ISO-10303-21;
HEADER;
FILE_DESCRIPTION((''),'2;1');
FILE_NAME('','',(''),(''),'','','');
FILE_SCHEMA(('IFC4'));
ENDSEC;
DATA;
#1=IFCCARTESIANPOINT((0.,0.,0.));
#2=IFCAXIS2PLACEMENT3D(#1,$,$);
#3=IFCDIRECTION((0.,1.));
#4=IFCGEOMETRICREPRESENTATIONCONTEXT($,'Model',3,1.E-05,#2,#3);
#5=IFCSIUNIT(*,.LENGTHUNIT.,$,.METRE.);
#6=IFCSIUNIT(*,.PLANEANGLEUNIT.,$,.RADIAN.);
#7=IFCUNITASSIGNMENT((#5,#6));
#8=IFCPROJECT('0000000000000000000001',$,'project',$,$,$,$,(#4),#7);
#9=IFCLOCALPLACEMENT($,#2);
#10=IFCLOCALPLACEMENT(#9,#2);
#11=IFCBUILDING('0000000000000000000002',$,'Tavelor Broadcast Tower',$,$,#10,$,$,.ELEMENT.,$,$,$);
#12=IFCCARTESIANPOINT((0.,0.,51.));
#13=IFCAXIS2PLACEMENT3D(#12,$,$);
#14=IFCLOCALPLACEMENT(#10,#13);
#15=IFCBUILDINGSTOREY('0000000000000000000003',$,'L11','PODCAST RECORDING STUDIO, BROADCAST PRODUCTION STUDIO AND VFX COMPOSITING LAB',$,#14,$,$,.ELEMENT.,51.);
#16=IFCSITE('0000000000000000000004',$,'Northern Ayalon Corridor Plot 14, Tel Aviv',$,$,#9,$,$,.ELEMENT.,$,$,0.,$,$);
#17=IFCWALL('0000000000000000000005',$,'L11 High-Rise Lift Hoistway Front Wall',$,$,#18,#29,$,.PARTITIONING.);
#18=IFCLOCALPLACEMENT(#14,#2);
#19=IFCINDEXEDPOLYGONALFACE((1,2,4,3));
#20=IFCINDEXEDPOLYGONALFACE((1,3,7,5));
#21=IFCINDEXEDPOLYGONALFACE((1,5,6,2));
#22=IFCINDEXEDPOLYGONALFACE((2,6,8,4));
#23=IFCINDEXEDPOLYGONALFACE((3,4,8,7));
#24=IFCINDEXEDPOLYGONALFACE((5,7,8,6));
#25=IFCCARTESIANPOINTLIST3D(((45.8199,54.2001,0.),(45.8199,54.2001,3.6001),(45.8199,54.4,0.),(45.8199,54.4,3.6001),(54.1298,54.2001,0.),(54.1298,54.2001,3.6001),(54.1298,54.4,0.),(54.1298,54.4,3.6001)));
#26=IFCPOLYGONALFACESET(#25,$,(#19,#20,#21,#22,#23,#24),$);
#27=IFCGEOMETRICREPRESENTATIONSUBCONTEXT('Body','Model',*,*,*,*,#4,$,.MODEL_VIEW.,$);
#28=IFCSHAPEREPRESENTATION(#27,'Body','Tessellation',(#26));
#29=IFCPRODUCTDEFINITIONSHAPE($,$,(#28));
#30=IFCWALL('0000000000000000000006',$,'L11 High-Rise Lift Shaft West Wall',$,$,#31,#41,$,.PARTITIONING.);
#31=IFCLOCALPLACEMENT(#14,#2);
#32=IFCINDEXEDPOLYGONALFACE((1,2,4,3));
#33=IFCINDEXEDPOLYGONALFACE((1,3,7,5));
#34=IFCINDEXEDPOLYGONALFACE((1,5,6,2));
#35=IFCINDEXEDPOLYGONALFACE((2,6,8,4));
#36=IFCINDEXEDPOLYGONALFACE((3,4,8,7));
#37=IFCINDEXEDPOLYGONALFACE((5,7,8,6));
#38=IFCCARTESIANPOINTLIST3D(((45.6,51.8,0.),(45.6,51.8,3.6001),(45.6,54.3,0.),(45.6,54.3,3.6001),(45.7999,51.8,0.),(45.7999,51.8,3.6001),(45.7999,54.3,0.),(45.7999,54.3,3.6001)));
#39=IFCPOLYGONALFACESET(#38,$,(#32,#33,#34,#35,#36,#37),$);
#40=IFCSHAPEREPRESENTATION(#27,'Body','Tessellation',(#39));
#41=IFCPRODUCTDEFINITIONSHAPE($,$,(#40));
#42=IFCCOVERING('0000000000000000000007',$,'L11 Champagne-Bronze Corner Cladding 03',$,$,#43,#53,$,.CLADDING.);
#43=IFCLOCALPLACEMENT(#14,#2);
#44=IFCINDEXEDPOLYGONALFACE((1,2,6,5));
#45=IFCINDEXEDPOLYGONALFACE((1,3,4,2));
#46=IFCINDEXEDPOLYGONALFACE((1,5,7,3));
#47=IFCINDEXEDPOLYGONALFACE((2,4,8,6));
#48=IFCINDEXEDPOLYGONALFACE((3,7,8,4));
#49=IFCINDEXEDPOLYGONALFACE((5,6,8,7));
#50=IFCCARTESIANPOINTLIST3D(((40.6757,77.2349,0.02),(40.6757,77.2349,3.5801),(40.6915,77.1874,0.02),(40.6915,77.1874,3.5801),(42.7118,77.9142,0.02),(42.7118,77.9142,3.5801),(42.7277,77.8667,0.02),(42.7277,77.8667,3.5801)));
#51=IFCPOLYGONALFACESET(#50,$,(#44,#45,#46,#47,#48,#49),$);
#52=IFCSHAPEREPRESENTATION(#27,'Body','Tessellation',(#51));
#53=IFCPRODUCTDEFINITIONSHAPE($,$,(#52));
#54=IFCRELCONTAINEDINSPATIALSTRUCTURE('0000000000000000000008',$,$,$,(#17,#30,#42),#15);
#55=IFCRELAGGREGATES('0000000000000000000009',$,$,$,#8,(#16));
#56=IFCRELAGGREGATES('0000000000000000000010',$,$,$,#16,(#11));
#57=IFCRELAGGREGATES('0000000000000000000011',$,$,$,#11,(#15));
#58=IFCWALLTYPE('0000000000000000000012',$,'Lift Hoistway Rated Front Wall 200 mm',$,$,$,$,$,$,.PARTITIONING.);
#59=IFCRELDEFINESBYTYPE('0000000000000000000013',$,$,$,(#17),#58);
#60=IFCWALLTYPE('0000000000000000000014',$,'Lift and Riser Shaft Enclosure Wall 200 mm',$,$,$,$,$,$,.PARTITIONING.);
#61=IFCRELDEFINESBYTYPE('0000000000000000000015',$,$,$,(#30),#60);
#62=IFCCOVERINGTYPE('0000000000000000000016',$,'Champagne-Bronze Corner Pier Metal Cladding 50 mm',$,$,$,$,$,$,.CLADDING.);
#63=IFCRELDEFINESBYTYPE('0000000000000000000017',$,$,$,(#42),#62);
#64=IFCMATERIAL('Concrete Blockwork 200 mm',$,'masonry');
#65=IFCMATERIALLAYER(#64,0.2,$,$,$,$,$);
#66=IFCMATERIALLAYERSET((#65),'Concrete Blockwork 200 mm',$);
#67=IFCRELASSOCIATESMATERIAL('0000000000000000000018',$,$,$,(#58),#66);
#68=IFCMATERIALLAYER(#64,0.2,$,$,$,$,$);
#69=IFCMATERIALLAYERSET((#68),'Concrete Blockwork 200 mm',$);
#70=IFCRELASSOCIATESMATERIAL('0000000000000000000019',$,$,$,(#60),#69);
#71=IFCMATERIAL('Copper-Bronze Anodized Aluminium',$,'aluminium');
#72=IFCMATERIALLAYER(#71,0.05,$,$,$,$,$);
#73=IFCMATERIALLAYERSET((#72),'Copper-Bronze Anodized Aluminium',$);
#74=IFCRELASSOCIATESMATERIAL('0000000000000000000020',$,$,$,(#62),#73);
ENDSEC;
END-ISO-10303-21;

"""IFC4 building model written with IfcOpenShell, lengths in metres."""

from ifc_helpers import new_model, si_unit, direction, frame, frame_2d, origin, origin_2d, place, context, subcontext, project, spatial, rectangle, extrude, material, layer, layer_set, type_object, element, save


model = new_model("IFC4")

# Units and contexts
model_context = context("Model", 3, precision=1e-05, world=origin(), true_north=direction((0.0, 1.0)))
body_context = subcontext(model_context, "Body", "Model", "MODEL_VIEW")
ifc_project = project(units=[si_unit("LENGTHUNIT", "METRE"), si_unit("PLANEANGLEUNIT", "RADIAN")], contexts=[model_context])

# Site, building, storey
site_placement = place(None, origin())
site = spatial("IfcSite", under=ifc_project, at=site_placement, Name="Northern Ayalon Corridor Plot 14, Tel Aviv", CompositionType="ELEMENT", RefElevation=0.0)
building_placement = place(site_placement, origin())
building = spatial("IfcBuilding", under=site, at=building_placement, Name="Tavelor Broadcast Tower", CompositionType="ELEMENT")
storey_placement = place(building_placement, frame((0.0, 0.0, 51.0)))
storey = spatial("IfcBuildingStorey", under=building, at=storey_placement, Name="L11", Description="PODCAST RECORDING STUDIO, BROADCAST PRODUCTION STUDIO AND VFX COMPOSITING LAB", CompositionType="ELEMENT", Elevation=51.0)

# Walls
ifc_material_1 = material(Name="Concrete Blockwork 200 mm", Category="masonry")
ifc_layer_1 = layer(ifc_material_1, 0.2)
ifc_layer_set_1 = layer_set([ifc_layer_1], Name="Concrete Blockwork 200 mm")
wall_type_1 = type_object("IfcWallType", Name="Lift Hoistway Rated Front Wall 200 mm", PredefinedType="PARTITIONING", material=ifc_layer_set_1)
wall_1_placement = place(storey_placement, frame((45.8201, 54.3, 0.0), z_axis=(0.0, 0.0, 1.0), x_axis=(1.0, 0.0, 0.0)))
element("IfcWall", 1, at=wall_1_placement, inside=storey, type_object=wall_type_1, Name="L11 High-Rise Lift Hoistway Front Wall", PredefinedType="PARTITIONING", context=body_context, shape_type="SweptSolid", body=[
    extrude(rectangle(XDim=8.3098, YDim=0.2, at=frame_2d((4.1548, 0.0))), origin(), (0.0, 0.0, 1.0), 3.6001),
])
ifc_layer_2 = layer(ifc_material_1, 0.2)
ifc_layer_set_2 = layer_set([ifc_layer_2], Name="Concrete Blockwork 200 mm")
wall_type_2 = type_object("IfcWallType", Name="Lift and Riser Shaft Enclosure Wall 200 mm", PredefinedType="PARTITIONING", material=ifc_layer_set_2)
wall_2_placement = place(storey_placement, frame((45.7, 51.8, 0.0), z_axis=(0.0, 0.0, 1.0), x_axis=(0.0, 1.0, 0.0)))
element("IfcWall", 2, at=wall_2_placement, inside=storey, type_object=wall_type_2, Name="L11 High-Rise Lift Shaft West Wall", PredefinedType="PARTITIONING", context=body_context, shape_type="SweptSolid", body=[
    extrude(rectangle(XDim=2.5, YDim=0.2, at=frame_2d((1.25, 0.0))), origin(), (0.0, 0.0, 1.0), 3.6001),
])

# Covering
ifc_material_2 = material(Name="Copper-Bronze Anodized Aluminium", Category="aluminium")
ifc_layer_3 = layer(ifc_material_2, 0.05)
ifc_layer_set_3 = layer_set([ifc_layer_3], Name="Copper-Bronze Anodized Aluminium")
covering_type = type_object("IfcCoveringType", Name="Champagne-Bronze Corner Pier Metal Cladding 50 mm", PredefinedType="CLADDING", material=ifc_layer_set_3)
covering_placement = place(storey_placement, frame((41.7017, 77.5508, 0.02), z_axis=(0.0, 0.0, 1.0), x_axis=(-0.9486, -0.316477, 0.0)))
element("IfcCovering", 3, at=covering_placement, inside=storey, type_object=covering_type, Name="L11 Champagne-Bronze Corner Cladding 03", PredefinedType="CLADDING", context=body_context, shape_type="SweptSolid", body=[
    extrude(rectangle(XDim=2.1465, YDim=0.05, at=origin_2d()), origin(), (0.0, 0.0, 1.0), 3.5601),
])

save(model, "model.ifc")
